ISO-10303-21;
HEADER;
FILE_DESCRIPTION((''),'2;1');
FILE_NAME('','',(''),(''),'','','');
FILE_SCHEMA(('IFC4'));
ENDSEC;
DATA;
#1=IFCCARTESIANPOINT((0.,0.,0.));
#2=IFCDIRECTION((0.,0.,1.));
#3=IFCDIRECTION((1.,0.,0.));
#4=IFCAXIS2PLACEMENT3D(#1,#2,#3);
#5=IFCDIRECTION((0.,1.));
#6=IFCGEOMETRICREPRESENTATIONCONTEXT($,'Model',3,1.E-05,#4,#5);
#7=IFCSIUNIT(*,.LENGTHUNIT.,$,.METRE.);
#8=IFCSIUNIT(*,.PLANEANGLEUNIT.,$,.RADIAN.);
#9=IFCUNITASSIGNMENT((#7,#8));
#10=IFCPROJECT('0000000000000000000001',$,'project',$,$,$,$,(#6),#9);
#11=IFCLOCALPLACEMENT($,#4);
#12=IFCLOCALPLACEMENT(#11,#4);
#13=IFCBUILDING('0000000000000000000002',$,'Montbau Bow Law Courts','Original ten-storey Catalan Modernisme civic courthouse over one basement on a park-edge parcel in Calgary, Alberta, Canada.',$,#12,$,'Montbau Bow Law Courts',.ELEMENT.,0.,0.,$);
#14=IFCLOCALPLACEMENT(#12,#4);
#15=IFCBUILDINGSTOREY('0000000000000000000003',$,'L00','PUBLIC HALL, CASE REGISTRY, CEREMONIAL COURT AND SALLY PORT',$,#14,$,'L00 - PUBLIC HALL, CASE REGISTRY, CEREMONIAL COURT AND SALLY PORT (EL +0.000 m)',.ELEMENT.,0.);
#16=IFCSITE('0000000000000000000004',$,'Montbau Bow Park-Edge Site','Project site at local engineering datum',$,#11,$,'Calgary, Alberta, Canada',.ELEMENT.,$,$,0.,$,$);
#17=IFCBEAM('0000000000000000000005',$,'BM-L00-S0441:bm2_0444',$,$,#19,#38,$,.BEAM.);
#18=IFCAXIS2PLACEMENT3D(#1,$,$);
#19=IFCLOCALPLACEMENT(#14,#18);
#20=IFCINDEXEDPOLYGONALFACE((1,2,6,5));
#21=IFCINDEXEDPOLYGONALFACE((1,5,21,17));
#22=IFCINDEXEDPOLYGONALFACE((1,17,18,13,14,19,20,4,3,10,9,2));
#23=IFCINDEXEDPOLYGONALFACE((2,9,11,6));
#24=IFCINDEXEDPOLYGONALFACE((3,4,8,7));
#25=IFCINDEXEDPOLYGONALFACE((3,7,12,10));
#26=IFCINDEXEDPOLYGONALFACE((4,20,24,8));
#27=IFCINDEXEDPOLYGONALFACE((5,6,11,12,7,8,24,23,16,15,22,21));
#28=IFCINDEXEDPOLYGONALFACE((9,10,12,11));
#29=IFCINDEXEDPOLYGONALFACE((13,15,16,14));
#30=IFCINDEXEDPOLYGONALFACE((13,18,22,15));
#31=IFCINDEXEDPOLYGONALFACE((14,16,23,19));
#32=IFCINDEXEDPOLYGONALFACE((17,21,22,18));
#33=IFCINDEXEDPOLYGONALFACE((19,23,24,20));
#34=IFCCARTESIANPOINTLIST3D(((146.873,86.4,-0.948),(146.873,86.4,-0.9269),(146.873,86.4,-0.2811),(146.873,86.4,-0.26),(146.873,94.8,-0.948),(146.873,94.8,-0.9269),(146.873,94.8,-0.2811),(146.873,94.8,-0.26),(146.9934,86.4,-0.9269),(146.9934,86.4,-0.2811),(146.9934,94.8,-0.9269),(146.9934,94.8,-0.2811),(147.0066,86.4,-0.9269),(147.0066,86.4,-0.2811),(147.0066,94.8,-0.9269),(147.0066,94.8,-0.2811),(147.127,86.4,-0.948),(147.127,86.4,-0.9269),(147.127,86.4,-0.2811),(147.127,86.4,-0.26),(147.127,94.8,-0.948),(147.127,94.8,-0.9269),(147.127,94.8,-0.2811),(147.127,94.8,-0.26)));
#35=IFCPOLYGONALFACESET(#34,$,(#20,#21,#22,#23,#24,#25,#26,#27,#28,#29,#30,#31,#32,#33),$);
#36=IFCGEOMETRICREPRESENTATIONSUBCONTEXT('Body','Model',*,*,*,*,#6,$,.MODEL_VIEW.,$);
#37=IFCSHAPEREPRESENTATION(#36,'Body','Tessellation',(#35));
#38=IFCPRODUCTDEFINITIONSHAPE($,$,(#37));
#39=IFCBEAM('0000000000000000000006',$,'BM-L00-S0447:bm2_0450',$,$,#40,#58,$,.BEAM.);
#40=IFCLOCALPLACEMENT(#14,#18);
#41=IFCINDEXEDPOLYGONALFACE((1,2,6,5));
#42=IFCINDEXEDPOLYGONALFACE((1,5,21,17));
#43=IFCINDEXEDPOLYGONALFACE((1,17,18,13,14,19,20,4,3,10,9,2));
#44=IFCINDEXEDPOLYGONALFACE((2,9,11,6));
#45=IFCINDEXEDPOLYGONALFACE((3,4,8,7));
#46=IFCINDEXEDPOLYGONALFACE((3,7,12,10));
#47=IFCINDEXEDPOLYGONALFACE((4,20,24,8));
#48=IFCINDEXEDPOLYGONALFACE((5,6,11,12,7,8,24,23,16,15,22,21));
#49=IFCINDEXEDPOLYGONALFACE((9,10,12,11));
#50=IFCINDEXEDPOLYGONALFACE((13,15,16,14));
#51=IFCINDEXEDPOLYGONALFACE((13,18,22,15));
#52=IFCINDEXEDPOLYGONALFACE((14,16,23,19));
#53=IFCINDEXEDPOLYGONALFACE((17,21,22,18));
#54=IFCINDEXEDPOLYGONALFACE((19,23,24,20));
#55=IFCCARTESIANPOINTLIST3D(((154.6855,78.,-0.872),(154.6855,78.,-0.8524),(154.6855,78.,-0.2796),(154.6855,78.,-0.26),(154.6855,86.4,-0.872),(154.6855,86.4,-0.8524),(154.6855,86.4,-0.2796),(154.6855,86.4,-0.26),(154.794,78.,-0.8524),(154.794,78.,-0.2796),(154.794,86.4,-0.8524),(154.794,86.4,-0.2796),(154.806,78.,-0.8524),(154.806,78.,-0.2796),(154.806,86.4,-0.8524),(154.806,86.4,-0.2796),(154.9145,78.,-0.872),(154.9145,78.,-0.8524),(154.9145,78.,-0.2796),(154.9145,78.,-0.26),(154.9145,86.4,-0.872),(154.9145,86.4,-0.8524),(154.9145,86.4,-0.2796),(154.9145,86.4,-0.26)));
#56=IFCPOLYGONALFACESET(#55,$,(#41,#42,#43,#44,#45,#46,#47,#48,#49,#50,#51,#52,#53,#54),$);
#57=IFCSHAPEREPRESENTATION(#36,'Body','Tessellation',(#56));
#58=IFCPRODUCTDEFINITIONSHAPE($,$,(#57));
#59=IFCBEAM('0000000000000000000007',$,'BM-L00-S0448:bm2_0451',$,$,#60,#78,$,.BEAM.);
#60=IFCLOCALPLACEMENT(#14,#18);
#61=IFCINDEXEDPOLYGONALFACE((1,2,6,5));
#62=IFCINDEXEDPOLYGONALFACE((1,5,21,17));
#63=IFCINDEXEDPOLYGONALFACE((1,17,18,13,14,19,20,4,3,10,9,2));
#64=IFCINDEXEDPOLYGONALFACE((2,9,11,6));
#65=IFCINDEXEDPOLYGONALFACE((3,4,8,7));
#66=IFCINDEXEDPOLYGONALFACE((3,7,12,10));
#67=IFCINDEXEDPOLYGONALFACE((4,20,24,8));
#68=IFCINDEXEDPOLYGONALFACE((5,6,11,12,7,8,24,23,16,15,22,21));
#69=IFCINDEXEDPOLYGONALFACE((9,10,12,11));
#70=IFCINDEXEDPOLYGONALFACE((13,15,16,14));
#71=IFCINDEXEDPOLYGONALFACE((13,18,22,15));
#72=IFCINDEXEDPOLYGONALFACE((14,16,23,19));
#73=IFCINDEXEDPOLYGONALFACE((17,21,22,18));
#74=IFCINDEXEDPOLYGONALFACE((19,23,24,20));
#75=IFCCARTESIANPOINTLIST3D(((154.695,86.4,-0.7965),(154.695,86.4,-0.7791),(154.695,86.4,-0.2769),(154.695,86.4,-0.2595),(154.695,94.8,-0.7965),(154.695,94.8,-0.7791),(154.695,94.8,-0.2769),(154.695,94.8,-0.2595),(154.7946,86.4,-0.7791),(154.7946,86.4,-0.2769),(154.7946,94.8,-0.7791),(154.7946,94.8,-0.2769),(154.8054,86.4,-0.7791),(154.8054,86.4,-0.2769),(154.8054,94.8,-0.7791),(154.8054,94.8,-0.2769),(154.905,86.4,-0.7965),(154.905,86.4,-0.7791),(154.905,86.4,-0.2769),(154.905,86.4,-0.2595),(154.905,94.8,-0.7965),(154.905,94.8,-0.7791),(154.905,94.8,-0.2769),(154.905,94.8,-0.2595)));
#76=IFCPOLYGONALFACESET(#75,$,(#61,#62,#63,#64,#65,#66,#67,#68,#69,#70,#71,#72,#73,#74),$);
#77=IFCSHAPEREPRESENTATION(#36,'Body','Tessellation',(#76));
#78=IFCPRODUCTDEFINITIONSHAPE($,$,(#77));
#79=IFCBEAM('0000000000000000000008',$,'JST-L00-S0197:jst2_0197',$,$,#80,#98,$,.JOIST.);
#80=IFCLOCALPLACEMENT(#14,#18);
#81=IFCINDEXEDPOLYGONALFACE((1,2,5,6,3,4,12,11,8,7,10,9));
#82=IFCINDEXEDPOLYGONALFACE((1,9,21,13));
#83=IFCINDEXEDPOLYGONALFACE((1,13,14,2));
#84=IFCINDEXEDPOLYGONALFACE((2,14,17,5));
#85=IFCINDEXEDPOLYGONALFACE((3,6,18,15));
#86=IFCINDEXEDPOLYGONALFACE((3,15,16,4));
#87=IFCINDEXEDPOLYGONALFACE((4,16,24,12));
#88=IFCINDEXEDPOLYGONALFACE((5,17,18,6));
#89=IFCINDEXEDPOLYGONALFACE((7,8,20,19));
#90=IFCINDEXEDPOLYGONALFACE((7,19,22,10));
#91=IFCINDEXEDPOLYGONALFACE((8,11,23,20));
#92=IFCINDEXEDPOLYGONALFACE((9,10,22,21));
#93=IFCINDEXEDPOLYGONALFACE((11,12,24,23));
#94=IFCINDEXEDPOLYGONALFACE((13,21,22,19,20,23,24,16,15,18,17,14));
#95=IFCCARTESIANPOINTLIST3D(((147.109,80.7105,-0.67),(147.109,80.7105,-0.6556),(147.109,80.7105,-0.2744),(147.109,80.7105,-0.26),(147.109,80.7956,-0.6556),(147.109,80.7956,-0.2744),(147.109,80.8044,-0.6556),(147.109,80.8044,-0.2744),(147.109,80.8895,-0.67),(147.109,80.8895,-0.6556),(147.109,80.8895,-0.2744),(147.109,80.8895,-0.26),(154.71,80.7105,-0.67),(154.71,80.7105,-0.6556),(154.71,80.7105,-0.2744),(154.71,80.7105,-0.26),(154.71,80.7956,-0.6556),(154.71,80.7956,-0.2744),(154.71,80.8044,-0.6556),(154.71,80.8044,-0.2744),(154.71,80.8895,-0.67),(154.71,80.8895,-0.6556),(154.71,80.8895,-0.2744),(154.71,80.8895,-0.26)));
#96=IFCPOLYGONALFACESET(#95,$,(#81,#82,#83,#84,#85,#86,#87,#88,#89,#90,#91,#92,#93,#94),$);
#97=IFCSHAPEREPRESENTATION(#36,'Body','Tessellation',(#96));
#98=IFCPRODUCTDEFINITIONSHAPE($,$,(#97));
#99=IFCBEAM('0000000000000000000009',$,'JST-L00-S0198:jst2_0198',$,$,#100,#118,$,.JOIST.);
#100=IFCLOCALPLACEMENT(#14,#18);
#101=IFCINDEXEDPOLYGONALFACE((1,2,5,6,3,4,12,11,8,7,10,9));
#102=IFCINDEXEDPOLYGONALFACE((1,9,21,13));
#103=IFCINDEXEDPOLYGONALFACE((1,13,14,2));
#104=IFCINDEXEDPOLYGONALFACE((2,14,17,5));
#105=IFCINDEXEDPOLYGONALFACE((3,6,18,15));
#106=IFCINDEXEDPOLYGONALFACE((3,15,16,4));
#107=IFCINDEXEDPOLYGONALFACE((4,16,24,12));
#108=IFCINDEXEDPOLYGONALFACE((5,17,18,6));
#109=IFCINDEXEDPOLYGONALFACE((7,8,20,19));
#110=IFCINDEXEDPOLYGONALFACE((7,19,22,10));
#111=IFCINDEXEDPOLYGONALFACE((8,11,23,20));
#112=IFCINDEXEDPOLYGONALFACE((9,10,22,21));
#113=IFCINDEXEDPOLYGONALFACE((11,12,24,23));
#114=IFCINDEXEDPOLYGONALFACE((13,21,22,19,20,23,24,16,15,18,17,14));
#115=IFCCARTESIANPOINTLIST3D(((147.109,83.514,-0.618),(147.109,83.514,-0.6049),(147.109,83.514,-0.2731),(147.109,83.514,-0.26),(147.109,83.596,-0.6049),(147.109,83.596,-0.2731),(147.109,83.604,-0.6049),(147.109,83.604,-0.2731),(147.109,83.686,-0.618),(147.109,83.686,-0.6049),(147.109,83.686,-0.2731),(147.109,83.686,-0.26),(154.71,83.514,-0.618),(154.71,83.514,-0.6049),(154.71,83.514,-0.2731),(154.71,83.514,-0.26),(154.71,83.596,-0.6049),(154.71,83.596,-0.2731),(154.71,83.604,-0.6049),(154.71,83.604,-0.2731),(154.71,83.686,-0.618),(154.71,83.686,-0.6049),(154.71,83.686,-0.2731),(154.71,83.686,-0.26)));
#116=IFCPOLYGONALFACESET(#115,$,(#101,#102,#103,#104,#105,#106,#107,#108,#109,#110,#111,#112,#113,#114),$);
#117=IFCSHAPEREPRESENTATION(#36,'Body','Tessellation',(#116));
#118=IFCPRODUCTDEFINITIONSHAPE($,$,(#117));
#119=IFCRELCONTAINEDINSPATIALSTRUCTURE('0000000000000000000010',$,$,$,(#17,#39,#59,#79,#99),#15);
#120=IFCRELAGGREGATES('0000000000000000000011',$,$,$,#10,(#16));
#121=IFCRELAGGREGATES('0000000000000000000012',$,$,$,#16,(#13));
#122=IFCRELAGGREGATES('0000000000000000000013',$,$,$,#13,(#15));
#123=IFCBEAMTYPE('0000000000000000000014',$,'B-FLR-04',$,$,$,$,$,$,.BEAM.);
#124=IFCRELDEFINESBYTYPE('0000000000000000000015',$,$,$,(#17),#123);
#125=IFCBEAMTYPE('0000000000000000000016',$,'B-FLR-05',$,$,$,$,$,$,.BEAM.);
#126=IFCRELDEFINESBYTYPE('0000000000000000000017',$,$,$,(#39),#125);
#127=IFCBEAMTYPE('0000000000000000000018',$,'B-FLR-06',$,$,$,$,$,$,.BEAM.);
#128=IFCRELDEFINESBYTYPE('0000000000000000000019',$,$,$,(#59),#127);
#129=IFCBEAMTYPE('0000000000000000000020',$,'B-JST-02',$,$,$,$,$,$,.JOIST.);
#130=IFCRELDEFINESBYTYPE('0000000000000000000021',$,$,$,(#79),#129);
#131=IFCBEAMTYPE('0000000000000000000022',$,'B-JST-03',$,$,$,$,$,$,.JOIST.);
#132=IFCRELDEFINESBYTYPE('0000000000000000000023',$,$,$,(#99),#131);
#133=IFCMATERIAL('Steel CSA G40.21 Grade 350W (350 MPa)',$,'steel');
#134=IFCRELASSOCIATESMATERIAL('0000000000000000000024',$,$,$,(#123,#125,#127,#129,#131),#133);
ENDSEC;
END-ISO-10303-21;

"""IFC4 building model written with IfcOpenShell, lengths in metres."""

from ifc_helpers import new_model, si_unit, direction, frame, origin_with_axes, origin_2d_with_axis, place, context, subcontext, project, spatial, i_section, extrude, material, material_profile, profile_set, type_object, element, save


model = new_model("IFC4")

# Units and contexts
model_context = context("Model", 3, precision=1e-05, world=origin_with_axes(), true_north=direction((0.0, 1.0)))
body_context = subcontext(model_context, "Body", "Model", "MODEL_VIEW")
ifc_project = project(units=[si_unit("LENGTHUNIT", "METRE"), si_unit("PLANEANGLEUNIT", "RADIAN")], contexts=[model_context])

# Site, building, storey
site_placement = place(None, origin_with_axes())
site = spatial("IfcSite", under=ifc_project, at=site_placement, Name="Montbau Bow Park-Edge Site", Description="Project site at local engineering datum", LongName="Calgary, Alberta, Canada", CompositionType="ELEMENT", RefElevation=0.0)
building_placement = place(site_placement, origin_with_axes())
building = spatial("IfcBuilding", under=site, at=building_placement, Name="Montbau Bow Law Courts", Description="Original ten-storey Catalan Modernisme civic courthouse over one basement on a park-edge parcel in Calgary, Alberta, Canada.", LongName="Montbau Bow Law Courts", CompositionType="ELEMENT", ElevationOfRefHeight=0.0, ElevationOfTerrain=0.0)
storey_placement = place(building_placement, origin_with_axes())
storey = spatial("IfcBuildingStorey", under=building, at=storey_placement, Name="L00", Description="PUBLIC HALL, CASE REGISTRY, CEREMONIAL COURT AND SALLY PORT", LongName="L00 - PUBLIC HALL, CASE REGISTRY, CEREMONIAL COURT AND SALLY PORT (EL +0.000 m)", CompositionType="ELEMENT", Elevation=0.0)

# Shared definitions
ifc_material_1 = material(Name="Steel CSA G40.21 Grade 350W (350 MPa)", Category="steel")

# Beams
ifc_material_profile_1 = material_profile(ifc_material_1, i_section(OverallWidth=0.254, OverallDepth=0.688, WebThickness=0.0131, FlangeThickness=0.0211, at=origin_2d_with_axis()), Name="W690X152", Category="Main", Priority=0)
ifc_profile_set_1 = profile_set([ifc_material_profile_1], Name="Steel CSA G40.21 Grade 350W (350 MPa)")
beam_type_1 = type_object("IfcBeamType", Name="B-FLR-04", PredefinedType="BEAM", material=ifc_profile_set_1)
beam_1_placement = place(None, frame((147.0, 86.4, -0.604), z_axis=(0.0, 1.0, 0.0), x_axis=(-1.0, 0.0, 0.0)))
element("IfcBeam", 1, at=beam_1_placement, inside=storey, type_object=beam_type_1, Name="BM-L00-S0441:bm2_0444", PredefinedType="BEAM", context=body_context, shape_type="SweptSolid", body=[
    extrude(i_section(OverallWidth=0.254, OverallDepth=0.688, WebThickness=0.0131, FlangeThickness=0.0211, at=origin_2d_with_axis()), origin_with_axes(), (0.0, 0.0, 1.0), 8.4),
])
ifc_material_profile_2 = material_profile(ifc_material_1, i_section(OverallWidth=0.229, OverallDepth=0.612, WebThickness=0.0119, FlangeThickness=0.0196, at=origin_2d_with_axis()), Name="W610X125", Category="Main", Priority=0)
ifc_profile_set_2 = profile_set([ifc_material_profile_2], Name="Steel CSA G40.21 Grade 350W (350 MPa)")
beam_type_2 = type_object("IfcBeamType", Name="B-FLR-05", PredefinedType="BEAM", material=ifc_profile_set_2)
beam_2_placement = place(None, frame((154.8, 78.0, -0.566), z_axis=(0.0, 1.0, 0.0), x_axis=(-1.0, 0.0, 0.0)))
element("IfcBeam", 2, at=beam_2_placement, inside=storey, type_object=beam_type_2, Name="BM-L00-S0447:bm2_0450", PredefinedType="BEAM", context=body_context, shape_type="SweptSolid", body=[
    extrude(i_section(OverallWidth=0.229, OverallDepth=0.612, WebThickness=0.0119, FlangeThickness=0.0196, at=origin_2d_with_axis()), origin_with_axes(), (0.0, 0.0, 1.0), 8.4),
])
ifc_material_profile_3 = material_profile(ifc_material_1, i_section(OverallWidth=0.21, OverallDepth=0.537, WebThickness=0.0109, FlangeThickness=0.0174, at=origin_2d_with_axis()), Name="W530X101", Category="Main", Priority=0)
ifc_profile_set_3 = profile_set([ifc_material_profile_3], Name="Steel CSA G40.21 Grade 350W (350 MPa)")
beam_type_3 = type_object("IfcBeamType", Name="B-FLR-06", PredefinedType="BEAM", material=ifc_profile_set_3)
beam_3_placement = place(None, frame((154.8, 86.4, -0.528), z_axis=(0.0, 1.0, 0.0), x_axis=(-1.0, 0.0, 0.0)))
element("IfcBeam", 3, at=beam_3_placement, inside=storey, type_object=beam_type_3, Name="BM-L00-S0448:bm2_0451", PredefinedType="BEAM", context=body_context, shape_type="SweptSolid", body=[
    extrude(i_section(OverallWidth=0.21, OverallDepth=0.537, WebThickness=0.0109, FlangeThickness=0.0174, at=origin_2d_with_axis()), origin_with_axes(), (0.0, 0.0, 1.0), 8.4),
])
ifc_material_profile_4 = material_profile(ifc_material_1, i_section(OverallWidth=0.179, OverallDepth=0.41, WebThickness=0.0088, FlangeThickness=0.0144, at=origin_2d_with_axis()), Name="W410X67", Category="Main", Priority=0)
ifc_profile_set_4 = profile_set([ifc_material_profile_4], Name="Steel CSA G40.21 Grade 350W (350 MPa)")
beam_type_4 = type_object("IfcBeamType", Name="B-JST-02", PredefinedType="JOIST", material=ifc_profile_set_4)
beam_4_placement = place(None, frame((147.109, 80.8, -0.465), z_axis=(1.0, 0.0, 0.0), x_axis=(0.0, 1.0, 0.0)))
element("IfcBeam", 4, at=beam_4_placement, inside=storey, type_object=beam_type_4, Name="JST-L00-S0197:jst2_0197", PredefinedType="JOIST", context=body_context, shape_type="SweptSolid", body=[
    extrude(i_section(OverallWidth=0.179, OverallDepth=0.41, WebThickness=0.0088, FlangeThickness=0.0144, at=origin_2d_with_axis()), origin_with_axes(), (0.0, 0.0, 1.0), 7.601),
])
ifc_material_profile_5 = material_profile(ifc_material_1, i_section(OverallWidth=0.172, OverallDepth=0.358, WebThickness=0.0079, FlangeThickness=0.0131, at=origin_2d_with_axis()), Name="W360X57", Category="Main", Priority=0)
ifc_profile_set_5 = profile_set([ifc_material_profile_5], Name="Steel CSA G40.21 Grade 350W (350 MPa)")
beam_type_5 = type_object("IfcBeamType", Name="B-JST-03", PredefinedType="JOIST", material=ifc_profile_set_5)
beam_5_placement = place(None, frame((147.109, 83.6, -0.439), z_axis=(1.0, 0.0, 0.0), x_axis=(0.0, 1.0, 0.0)))
element("IfcBeam", 5, at=beam_5_placement, inside=storey, type_object=beam_type_5, Name="JST-L00-S0198:jst2_0198", PredefinedType="JOIST", context=body_context, shape_type="SweptSolid", body=[
    extrude(i_section(OverallWidth=0.172, OverallDepth=0.358, WebThickness=0.0079, FlangeThickness=0.0131, at=origin_2d_with_axis()), origin_with_axes(), (0.0, 0.0, 1.0), 7.601),
])

save(model, "model.ifc")
